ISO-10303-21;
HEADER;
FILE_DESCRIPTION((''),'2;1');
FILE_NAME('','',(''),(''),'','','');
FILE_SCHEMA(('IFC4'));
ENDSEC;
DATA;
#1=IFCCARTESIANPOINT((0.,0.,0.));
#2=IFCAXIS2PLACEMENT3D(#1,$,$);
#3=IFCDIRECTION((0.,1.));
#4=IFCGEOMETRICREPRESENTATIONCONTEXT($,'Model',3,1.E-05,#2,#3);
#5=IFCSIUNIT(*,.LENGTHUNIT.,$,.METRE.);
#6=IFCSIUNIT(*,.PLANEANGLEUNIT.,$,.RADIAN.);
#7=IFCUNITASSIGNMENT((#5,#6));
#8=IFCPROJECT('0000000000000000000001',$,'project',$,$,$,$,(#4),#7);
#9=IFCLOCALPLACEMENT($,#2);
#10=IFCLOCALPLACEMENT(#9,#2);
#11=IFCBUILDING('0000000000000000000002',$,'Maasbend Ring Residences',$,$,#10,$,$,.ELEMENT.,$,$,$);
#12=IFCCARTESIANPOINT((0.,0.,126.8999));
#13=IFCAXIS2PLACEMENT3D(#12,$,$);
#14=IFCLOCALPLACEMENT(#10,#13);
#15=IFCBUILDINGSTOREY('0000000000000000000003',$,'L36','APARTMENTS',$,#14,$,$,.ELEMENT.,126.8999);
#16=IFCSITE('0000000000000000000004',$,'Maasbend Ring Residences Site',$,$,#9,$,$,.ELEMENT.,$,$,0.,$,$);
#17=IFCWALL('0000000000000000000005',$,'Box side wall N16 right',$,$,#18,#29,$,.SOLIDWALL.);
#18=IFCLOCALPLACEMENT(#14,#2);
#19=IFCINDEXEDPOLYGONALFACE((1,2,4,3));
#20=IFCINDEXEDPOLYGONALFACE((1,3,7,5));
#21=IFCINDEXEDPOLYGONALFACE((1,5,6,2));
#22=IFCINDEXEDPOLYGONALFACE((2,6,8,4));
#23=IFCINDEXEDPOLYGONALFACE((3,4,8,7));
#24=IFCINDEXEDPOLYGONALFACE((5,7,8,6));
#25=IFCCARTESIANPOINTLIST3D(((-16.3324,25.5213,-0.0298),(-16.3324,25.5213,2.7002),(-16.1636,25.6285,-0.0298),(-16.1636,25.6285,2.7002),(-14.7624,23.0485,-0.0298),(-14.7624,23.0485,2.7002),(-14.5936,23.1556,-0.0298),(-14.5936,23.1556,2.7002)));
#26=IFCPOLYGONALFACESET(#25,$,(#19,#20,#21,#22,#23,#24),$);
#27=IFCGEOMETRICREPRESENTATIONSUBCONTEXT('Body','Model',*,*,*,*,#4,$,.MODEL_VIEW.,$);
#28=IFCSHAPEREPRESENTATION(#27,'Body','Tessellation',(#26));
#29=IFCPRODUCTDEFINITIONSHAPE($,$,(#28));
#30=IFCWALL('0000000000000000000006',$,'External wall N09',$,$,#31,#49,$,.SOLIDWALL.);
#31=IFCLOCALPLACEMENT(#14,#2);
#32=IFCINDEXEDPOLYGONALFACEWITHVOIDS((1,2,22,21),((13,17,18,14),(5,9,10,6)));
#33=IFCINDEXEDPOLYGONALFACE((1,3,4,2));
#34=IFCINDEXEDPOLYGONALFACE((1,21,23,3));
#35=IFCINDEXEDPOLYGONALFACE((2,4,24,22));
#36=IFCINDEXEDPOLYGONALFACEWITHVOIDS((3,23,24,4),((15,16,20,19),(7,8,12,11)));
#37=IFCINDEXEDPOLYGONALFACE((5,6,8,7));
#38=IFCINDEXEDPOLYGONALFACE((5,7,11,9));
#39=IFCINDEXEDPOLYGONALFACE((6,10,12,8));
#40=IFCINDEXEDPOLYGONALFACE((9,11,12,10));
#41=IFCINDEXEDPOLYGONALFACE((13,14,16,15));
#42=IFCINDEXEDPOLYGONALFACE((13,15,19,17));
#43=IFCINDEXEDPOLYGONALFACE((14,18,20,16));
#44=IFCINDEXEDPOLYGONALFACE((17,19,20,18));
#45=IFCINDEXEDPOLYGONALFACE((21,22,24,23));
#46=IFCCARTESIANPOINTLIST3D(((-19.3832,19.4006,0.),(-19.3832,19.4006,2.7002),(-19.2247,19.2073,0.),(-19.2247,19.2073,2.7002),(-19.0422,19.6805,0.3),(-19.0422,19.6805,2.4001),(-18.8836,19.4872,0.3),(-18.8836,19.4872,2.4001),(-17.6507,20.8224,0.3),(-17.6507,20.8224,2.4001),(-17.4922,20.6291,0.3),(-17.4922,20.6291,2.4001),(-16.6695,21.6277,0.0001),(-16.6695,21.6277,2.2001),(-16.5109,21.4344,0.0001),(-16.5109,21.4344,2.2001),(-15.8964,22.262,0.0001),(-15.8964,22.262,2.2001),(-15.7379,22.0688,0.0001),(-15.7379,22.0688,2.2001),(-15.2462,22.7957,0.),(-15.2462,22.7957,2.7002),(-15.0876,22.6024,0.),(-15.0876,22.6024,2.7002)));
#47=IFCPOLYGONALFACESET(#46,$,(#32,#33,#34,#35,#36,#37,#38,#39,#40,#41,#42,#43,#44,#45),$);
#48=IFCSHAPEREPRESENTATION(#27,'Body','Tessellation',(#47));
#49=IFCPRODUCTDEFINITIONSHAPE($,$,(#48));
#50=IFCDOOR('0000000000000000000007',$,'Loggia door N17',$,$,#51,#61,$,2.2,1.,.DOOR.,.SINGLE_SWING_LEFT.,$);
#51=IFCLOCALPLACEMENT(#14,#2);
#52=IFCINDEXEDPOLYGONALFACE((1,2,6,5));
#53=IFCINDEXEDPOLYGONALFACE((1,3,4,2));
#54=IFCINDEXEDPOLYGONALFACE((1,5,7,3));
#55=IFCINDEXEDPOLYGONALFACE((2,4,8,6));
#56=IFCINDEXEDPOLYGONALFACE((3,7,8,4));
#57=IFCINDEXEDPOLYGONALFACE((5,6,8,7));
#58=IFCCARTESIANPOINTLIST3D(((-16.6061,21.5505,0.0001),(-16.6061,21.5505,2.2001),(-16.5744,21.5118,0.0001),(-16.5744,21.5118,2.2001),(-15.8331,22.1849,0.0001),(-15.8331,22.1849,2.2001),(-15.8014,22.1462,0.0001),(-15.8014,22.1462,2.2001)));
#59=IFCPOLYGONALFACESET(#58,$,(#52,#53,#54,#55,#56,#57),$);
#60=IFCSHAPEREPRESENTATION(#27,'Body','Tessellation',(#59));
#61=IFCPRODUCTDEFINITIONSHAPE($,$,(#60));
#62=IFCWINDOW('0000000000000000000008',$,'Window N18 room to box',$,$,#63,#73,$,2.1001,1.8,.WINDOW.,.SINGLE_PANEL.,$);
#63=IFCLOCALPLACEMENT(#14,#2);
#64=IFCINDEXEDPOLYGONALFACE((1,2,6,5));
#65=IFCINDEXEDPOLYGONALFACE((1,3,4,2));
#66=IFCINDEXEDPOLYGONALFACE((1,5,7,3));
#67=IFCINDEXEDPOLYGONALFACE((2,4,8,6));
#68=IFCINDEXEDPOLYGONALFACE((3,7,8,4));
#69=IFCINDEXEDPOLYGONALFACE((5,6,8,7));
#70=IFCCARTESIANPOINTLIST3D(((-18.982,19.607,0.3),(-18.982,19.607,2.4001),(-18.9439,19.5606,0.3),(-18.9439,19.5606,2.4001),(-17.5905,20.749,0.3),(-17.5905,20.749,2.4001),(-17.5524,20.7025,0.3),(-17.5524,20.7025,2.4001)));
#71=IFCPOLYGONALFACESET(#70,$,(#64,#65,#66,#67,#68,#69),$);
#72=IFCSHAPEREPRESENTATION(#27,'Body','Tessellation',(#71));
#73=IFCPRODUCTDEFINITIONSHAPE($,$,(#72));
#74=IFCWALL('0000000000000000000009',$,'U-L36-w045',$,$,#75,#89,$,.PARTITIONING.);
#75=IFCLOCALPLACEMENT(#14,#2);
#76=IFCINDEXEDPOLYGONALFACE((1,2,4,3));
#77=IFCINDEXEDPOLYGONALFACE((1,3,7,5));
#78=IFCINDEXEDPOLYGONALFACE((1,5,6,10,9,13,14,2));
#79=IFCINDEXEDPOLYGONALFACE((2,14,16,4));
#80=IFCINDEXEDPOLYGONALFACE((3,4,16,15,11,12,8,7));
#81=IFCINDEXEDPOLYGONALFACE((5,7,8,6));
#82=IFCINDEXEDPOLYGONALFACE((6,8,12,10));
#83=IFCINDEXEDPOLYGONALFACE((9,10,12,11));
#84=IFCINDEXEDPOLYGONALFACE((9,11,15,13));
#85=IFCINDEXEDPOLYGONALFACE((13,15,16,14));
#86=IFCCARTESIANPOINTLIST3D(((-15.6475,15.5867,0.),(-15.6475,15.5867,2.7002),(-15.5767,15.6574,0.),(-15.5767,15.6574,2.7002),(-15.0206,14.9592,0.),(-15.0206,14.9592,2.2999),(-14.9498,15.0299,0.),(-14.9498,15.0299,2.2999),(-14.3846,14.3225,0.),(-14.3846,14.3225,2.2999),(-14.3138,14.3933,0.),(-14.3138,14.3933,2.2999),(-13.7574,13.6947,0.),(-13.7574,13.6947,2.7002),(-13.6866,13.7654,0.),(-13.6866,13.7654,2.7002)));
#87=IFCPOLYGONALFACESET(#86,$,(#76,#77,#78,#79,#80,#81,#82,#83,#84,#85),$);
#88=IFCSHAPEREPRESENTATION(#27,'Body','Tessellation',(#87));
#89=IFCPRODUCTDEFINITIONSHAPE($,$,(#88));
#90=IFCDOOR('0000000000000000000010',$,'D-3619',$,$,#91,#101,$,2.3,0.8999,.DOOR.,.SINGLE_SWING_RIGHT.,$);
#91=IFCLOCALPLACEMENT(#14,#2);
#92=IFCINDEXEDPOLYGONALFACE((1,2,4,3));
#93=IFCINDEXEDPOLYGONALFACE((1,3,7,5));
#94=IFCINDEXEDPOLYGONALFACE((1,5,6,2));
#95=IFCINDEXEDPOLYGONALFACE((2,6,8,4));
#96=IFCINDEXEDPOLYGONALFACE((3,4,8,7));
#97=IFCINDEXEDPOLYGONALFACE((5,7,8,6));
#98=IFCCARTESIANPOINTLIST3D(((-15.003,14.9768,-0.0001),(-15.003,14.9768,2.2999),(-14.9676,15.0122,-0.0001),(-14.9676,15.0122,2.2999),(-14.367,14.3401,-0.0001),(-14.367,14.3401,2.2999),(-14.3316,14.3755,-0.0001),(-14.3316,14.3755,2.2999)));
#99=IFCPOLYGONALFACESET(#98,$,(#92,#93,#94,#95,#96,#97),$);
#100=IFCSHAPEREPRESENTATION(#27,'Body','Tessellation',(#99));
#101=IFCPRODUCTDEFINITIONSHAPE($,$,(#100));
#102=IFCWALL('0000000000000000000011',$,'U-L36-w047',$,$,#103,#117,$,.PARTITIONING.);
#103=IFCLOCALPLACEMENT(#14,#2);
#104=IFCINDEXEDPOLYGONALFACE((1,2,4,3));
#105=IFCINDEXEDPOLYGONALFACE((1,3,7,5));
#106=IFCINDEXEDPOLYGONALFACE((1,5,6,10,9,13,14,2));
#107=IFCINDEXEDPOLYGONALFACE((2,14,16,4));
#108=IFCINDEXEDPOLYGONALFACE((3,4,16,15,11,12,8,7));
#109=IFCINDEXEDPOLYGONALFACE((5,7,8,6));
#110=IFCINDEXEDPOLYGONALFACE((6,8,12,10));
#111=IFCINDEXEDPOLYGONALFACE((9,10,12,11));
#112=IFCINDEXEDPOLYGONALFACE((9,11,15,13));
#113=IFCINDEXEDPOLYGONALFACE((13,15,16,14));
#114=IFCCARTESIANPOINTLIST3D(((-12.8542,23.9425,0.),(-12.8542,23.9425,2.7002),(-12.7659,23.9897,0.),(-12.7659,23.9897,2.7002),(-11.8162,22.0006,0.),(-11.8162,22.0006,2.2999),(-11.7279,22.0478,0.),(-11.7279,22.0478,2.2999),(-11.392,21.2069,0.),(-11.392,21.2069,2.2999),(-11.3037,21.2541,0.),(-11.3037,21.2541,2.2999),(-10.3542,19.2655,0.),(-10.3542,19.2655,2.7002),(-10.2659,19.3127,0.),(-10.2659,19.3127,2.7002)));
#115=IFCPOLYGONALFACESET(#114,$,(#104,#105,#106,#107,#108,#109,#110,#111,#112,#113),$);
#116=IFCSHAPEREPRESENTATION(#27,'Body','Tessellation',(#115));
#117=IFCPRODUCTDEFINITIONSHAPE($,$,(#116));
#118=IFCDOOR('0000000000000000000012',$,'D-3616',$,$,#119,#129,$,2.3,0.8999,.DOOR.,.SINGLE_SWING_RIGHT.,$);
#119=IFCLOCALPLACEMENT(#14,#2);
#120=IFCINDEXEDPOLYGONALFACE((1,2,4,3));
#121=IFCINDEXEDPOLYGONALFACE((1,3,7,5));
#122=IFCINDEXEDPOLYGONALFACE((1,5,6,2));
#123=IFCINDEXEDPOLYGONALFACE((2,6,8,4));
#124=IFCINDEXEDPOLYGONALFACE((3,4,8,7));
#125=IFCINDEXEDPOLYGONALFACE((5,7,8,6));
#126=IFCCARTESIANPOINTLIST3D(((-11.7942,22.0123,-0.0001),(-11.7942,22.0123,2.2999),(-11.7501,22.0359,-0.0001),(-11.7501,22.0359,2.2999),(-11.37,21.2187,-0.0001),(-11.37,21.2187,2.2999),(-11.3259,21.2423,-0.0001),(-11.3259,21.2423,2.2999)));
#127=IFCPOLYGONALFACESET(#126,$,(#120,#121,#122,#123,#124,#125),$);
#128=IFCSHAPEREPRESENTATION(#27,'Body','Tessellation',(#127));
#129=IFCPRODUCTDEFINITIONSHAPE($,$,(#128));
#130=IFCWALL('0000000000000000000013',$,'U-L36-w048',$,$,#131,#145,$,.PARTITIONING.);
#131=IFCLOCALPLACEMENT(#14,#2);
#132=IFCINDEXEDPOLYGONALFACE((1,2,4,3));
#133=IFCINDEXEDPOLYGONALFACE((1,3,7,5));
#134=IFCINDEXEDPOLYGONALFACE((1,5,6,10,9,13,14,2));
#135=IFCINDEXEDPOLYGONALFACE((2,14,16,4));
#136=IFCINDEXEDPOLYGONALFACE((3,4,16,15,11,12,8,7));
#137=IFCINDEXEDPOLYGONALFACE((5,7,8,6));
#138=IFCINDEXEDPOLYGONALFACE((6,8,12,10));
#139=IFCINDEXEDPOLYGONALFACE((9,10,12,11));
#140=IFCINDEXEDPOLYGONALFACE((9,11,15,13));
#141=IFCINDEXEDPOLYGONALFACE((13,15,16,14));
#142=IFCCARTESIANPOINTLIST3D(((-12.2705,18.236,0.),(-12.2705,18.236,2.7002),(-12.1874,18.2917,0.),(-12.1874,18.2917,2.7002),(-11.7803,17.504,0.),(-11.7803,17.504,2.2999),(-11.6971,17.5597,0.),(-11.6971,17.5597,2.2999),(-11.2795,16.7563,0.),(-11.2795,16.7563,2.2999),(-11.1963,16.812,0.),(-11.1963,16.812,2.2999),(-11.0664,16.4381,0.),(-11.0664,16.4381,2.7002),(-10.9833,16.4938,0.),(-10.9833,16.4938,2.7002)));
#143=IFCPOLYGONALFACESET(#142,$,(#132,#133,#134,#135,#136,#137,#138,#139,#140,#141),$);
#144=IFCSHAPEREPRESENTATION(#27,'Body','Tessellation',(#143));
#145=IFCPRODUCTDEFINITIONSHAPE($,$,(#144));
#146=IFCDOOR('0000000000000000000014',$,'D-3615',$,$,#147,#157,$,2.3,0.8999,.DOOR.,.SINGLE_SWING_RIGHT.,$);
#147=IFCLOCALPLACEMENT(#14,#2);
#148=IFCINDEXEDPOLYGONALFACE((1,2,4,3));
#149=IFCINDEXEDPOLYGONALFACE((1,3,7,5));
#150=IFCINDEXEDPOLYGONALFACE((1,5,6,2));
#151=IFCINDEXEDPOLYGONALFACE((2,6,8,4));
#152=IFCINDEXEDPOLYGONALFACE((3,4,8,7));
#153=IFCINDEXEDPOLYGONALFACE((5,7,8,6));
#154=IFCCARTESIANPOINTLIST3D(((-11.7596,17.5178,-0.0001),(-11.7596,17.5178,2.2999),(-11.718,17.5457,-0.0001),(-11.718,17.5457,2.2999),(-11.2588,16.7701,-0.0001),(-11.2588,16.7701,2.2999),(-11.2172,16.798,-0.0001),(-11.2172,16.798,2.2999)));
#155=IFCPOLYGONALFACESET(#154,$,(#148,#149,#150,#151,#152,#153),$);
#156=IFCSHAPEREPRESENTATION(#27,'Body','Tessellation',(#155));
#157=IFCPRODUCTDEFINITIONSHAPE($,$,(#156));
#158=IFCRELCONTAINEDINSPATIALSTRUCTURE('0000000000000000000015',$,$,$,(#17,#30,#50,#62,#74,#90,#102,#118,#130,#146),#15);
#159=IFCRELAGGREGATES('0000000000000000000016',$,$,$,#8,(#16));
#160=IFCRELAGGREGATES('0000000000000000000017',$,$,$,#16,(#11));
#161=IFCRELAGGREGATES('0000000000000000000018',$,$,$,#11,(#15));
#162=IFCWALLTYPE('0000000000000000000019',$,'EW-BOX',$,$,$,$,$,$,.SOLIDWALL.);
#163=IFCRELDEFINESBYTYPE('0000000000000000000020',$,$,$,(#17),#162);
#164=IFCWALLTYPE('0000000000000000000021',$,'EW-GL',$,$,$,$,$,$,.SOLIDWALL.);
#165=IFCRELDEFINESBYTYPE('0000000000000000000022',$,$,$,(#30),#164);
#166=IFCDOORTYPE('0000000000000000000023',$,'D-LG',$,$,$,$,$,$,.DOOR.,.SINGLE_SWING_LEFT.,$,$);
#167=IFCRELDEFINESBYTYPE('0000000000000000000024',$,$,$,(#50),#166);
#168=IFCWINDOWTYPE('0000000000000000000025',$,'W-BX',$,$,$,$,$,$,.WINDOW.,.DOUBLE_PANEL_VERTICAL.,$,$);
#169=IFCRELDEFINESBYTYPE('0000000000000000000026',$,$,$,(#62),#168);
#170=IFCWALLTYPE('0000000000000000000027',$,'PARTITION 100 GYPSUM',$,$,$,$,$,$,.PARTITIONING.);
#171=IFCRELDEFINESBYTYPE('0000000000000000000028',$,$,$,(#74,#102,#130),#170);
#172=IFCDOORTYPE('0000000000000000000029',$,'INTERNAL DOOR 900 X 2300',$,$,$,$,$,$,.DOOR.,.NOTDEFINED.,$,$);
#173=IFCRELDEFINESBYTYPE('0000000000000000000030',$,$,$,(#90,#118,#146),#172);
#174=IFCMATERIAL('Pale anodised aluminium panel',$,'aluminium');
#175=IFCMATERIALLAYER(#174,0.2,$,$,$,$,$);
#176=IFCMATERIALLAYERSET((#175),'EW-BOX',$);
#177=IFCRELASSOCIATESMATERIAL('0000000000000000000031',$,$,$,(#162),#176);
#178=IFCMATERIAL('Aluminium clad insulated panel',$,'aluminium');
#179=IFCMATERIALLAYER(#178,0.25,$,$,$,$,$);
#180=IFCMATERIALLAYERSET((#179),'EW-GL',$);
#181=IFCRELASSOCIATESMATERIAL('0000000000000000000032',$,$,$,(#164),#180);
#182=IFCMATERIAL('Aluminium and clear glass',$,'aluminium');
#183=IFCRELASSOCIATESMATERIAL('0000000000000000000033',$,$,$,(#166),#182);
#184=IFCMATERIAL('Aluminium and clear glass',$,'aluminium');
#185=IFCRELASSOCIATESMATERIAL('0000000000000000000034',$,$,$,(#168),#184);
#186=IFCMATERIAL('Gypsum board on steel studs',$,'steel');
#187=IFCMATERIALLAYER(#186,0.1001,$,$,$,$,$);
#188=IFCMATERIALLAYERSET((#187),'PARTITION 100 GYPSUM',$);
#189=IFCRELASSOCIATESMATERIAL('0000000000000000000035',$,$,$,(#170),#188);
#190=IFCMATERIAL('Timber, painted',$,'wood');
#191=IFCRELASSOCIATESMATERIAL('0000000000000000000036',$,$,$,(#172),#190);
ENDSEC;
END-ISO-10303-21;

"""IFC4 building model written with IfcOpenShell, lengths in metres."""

from ifc_helpers import new_model, si_unit, direction, frame, frame_2d, origin, place, context, subcontext, project, spatial, rectangle, extrude, material, layer, layer_set, type_object, element, fill, save


model = new_model("IFC4")

# Units and contexts
model_context = context("Model", 3, precision=1e-05, world=origin(), true_north=direction((0.0, 1.0)))
body_context = subcontext(model_context, "Body", "Model", "MODEL_VIEW")
ifc_project = project(units=[si_unit("LENGTHUNIT", "METRE"), si_unit("PLANEANGLEUNIT", "RADIAN")], contexts=[model_context])

# Site, building, storey
site_placement = place(None, origin())
site = spatial("IfcSite", under=ifc_project, at=site_placement, Name="Maasbend Ring Residences Site", CompositionType="ELEMENT", RefElevation=0.0)
building_placement = place(site_placement, origin())
building = spatial("IfcBuilding", under=site, at=building_placement, Name="Maasbend Ring Residences", CompositionType="ELEMENT")
storey_placement = place(building_placement, frame((0.0, 0.0, 126.8999)))
storey = spatial("IfcBuildingStorey", under=building, at=storey_placement, Name="L36", Description="APARTMENTS", CompositionType="ELEMENT", Elevation=126.8999)

# Shared definitions
ifc_material_1 = material(Name="Pale anodised aluminium panel", Category="aluminium")
ifc_layer_1 = layer(ifc_material_1, 0.2)
ifc_layer_set_1 = layer_set([ifc_layer_1], Name="EW-BOX")
wall_type_1 = type_object("IfcWallType", Name="EW-BOX", PredefinedType="SOLIDWALL", material=ifc_layer_set_1)

# Wall
wall_1_placement = place(storey_placement, frame((-14.678, 23.1021, -0.0298), z_axis=(0.0, 0.0, 1.0), x_axis=(-0.536002, 0.844217, 0.0)))
element("IfcWall", 1, at=wall_1_placement, inside=storey, type_object=wall_type_1, Name="Box side wall N16 right", PredefinedType="SOLIDWALL", context=body_context, shape_type="SweptSolid", body=[
    extrude(rectangle(XDim=2.9292, YDim=0.2, at=frame_2d((1.4646, 0.0))), origin(), (0.0, 0.0, 1.0), 2.73),
])

# Wall, openings, door, window
ifc_material_2 = material(Name="Aluminium clad insulated panel", Category="aluminium")
ifc_layer_2 = layer(ifc_material_2, 0.25)
ifc_layer_set_2 = layer_set([ifc_layer_2], Name="EW-GL")
wall_type_2 = type_object("IfcWallType", Name="EW-GL", PredefinedType="SOLIDWALL", material=ifc_layer_set_2)
wall_2_placement = place(storey_placement, frame((-15.167, 22.699, 0.0), z_axis=(0.0, 0.0, 1.0), x_axis=(-0.773019, -0.634382, 0.0)))
wall_2 = element("IfcWall", 2, at=wall_2_placement, inside=storey, type_object=wall_type_2, Name="External wall N09", PredefinedType="SOLIDWALL", context=body_context, shape_type="SweptSolid", body=[
    extrude(rectangle(XDim=5.3518, YDim=0.25, at=frame_2d((2.6758, 0.0))), origin(), (0.0, 0.0, 1.0), 2.7002),
])
opening_1_placement = place(wall_2_placement, frame((0.8411, 0.0, 0.0)))
opening_1 = element("IfcOpeningElement", 3, at=opening_1_placement, cuts=wall_2, PredefinedType="OPENING", context=body_context, shape_type="SweptSolid", body=[
    extrude(rectangle(XDim=1.0, YDim=2.2, at=frame_2d((0.5, 1.1001))), frame((0.0, 0.135, 0.0), z_axis=(0.0, -1.0, 0.0), x_axis=(1.0, 0.0, 0.0)), (0.0, 0.0, 1.0), 0.27),
])
opening_2_placement = place(wall_2_placement, frame((3.1106, 0.0, 0.3)))
opening_2 = element("IfcOpeningElement", 4, at=opening_2_placement, cuts=wall_2, PredefinedType="OPENING", context=body_context, shape_type="SweptSolid", body=[
    extrude(rectangle(XDim=1.8, YDim=2.1001, at=frame_2d((0.8999, 1.05))), frame((0.0, 0.135, 0.0), z_axis=(0.0, -1.0, 0.0), x_axis=(1.0, 0.0, 0.0)), (0.0, 0.0, 1.0), 0.27),
])
ifc_material_3 = material(Name="Aluminium and clear glass", Category="aluminium")
door_type_1 = type_object("IfcDoorType", Name="D-LG", OperationType="SINGLE_SWING_LEFT", PredefinedType="DOOR", material=ifc_material_3)
door_1_placement = place(opening_1_placement, origin())
door_1 = element("IfcDoor", 5, at=door_1_placement, inside=storey, type_object=door_type_1, Name="Loggia door N17", OperationType="SINGLE_SWING_LEFT", OverallHeight=2.2, OverallWidth=1.0, PredefinedType="DOOR", context=body_context, shape_type="SweptSolid", body=[
    extrude(rectangle(XDim=1.0, YDim=2.2, at=frame_2d((0.5, 1.1001))), frame((0.0, 0.0249, 0.0), z_axis=(0.0, -1.0, 0.0), x_axis=(1.0, 0.0, 0.0)), (0.0, 0.0, 1.0), 0.05),
])
fill(opening_1, door_1)
ifc_material_4 = material(Name="Aluminium and clear glass", Category="aluminium")
window_type_1 = type_object("IfcWindowType", Name="W-BX", PartitioningType="DOUBLE_PANEL_VERTICAL", PredefinedType="WINDOW", material=ifc_material_4)
window_1_placement = place(opening_2_placement, origin())
window_1 = element("IfcWindow", 6, at=window_1_placement, inside=storey, type_object=window_type_1, Name="Window N18 room to box", OverallHeight=2.1001, OverallWidth=1.8, PartitioningType="SINGLE_PANEL", PredefinedType="WINDOW", context=body_context, shape_type="SweptSolid", body=[
    extrude(rectangle(XDim=1.8, YDim=2.1001, at=frame_2d((0.8999, 1.05))), frame((0.0, 0.03, 0.0), z_axis=(0.0, -1.0, 0.0), x_axis=(1.0, 0.0, 0.0)), (0.0, 0.0, 1.0), 0.0601),
])
fill(opening_2, window_1)

# Walls, openings, doors
ifc_material_5 = material(Name="Gypsum board on steel studs", Category="steel")
ifc_layer_3 = layer(ifc_material_5, 0.1001)
ifc_layer_set_3 = layer_set([ifc_layer_3], Name="PARTITION 100 GYPSUM")
wall_type_3 = type_object("IfcWallType", Name="PARTITION 100 GYPSUM", PredefinedType="PARTITIONING", material=ifc_layer_set_3)
wall_3_placement = place(storey_placement, frame((-15.6121, 15.6221, 0.0), z_axis=(0.0, 0.0, 1.0), x_axis=(0.706742, -0.707472, 0.0)))
wall_3 = element("IfcWall", 7, at=wall_3_placement, inside=storey, type_object=wall_type_3, Name="U-L36-w045", PredefinedType="PARTITIONING", context=body_context, shape_type="SweptSolid", body=[
    extrude(rectangle(XDim=2.6743, YDim=0.1001, at=frame_2d((1.3372, 0.0))), origin(), (0.0, 0.0, 1.0), 2.7002),
])
opening_3_placement = place(wall_3_placement, frame((0.887, 0.0, 0.0)))
opening_3 = element("IfcOpeningElement", 8, at=opening_3_placement, cuts=wall_3, PredefinedType="OPENING", context=body_context, shape_type="SweptSolid", body=[
    extrude(rectangle(XDim=0.8999, YDim=2.3, at=frame_2d((0.45, 1.1499))), frame((0.0, 0.0601, 0.0), z_axis=(0.0, -1.0, 0.0), x_axis=(1.0, 0.0, 0.0)), (0.0, 0.0, 1.0), 0.1201),
])
ifc_material_6 = material(Name="Timber, painted", Category="wood")
door_type_2 = type_object("IfcDoorType", Name="INTERNAL DOOR 900 X 2300", OperationType="NOTDEFINED", PredefinedType="DOOR", material=ifc_material_6)
door_2_placement = place(opening_3_placement, origin())
door_2 = element("IfcDoor", 9, at=door_2_placement, inside=storey, type_object=door_type_2, Name="D-3619", OperationType="SINGLE_SWING_RIGHT", OverallHeight=2.3, OverallWidth=0.8999, PredefinedType="DOOR", context=body_context, shape_type="SweptSolid", body=[
    extrude(rectangle(XDim=0.8999, YDim=2.3, at=frame_2d((0.45, 1.1499))), frame((0.0, 0.0249, 0.0), z_axis=(0.0, -1.0, 0.0), x_axis=(1.0, 0.0, 0.0)), (0.0, 0.0, 1.0), 0.05),
])
fill(opening_3, door_2)
wall_4_placement = place(storey_placement, frame((-12.8101, 23.9661, 0.0), z_axis=(0.0, 0.0, 1.0), x_axis=(0.47141, -0.881914, 0.0)))
wall_4 = element("IfcWall", 10, at=wall_4_placement, inside=storey, type_object=wall_type_3, Name="U-L36-w047", PredefinedType="PARTITIONING", context=body_context, shape_type="SweptSolid", body=[
    extrude(rectangle(XDim=5.3032, YDim=0.1001, at=frame_2d((2.6516, 0.0))), origin(), (0.0, 0.0, 1.0), 2.7002),
])
opening_4_placement = place(wall_4_placement, frame((2.2019, 0.0, 0.0)))
opening_4 = element("IfcOpeningElement", 11, at=opening_4_placement, cuts=wall_4, PredefinedType="OPENING", context=body_context, shape_type="SweptSolid", body=[
    extrude(rectangle(XDim=0.8999, YDim=2.3, at=frame_2d((0.45, 1.1499))), frame((0.0, 0.0601, 0.0), z_axis=(0.0, -1.0, 0.0), x_axis=(1.0, 0.0, 0.0)), (0.0, 0.0, 1.0), 0.1201),
])
door_3_placement = place(opening_4_placement, origin())
door_3 = element("IfcDoor", 12, at=door_3_placement, inside=storey, type_object=door_type_2, Name="D-3616", OperationType="SINGLE_SWING_RIGHT", OverallHeight=2.3, OverallWidth=0.8999, PredefinedType="DOOR", context=body_context, shape_type="SweptSolid", body=[
    extrude(rectangle(XDim=0.8999, YDim=2.3, at=frame_2d((0.45, 1.1499))), frame((0.0, 0.0249, 0.0), z_axis=(0.0, -1.0, 0.0), x_axis=(1.0, 0.0, 0.0)), (0.0, 0.0, 1.0), 0.05),
])
fill(opening_4, door_3)
wall_5_placement = place(storey_placement, frame((-12.229, 18.2639, 0.0), z_axis=(0.0, 0.0, 1.0), x_axis=(0.556469, -0.830868, 0.0)))
wall_5 = element("IfcWall", 13, at=wall_5_placement, inside=storey, type_object=wall_type_3, Name="U-L36-w048", PredefinedType="PARTITIONING", context=body_context, shape_type="SweptSolid", body=[
    extrude(rectangle(XDim=2.1638, YDim=0.1001, at=frame_2d((1.082, 0.0))), origin(), (0.0, 0.0, 1.0), 2.7002),
])
opening_5_placement = place(wall_5_placement, frame((0.8811, 0.0, 0.0)))
opening_5 = element("IfcOpeningElement", 14, at=opening_5_placement, cuts=wall_5, PredefinedType="OPENING", context=body_context, shape_type="SweptSolid", body=[
    extrude(rectangle(XDim=0.8999, YDim=2.3, at=frame_2d((0.45, 1.1499))), frame((0.0, 0.0601, 0.0), z_axis=(0.0, -1.0, 0.0), x_axis=(1.0, 0.0, 0.0)), (0.0, 0.0, 1.0), 0.1201),
])
door_4_placement = place(opening_5_placement, origin())
door_4 = element("IfcDoor", 15, at=door_4_placement, inside=storey, type_object=door_type_2, Name="D-3615", OperationType="SINGLE_SWING_RIGHT", OverallHeight=2.3, OverallWidth=0.8999, PredefinedType="DOOR", context=body_context, shape_type="SweptSolid", body=[
    extrude(rectangle(XDim=0.8999, YDim=2.3, at=frame_2d((0.45, 1.1499))), frame((0.0, 0.0249, 0.0), z_axis=(0.0, -1.0, 0.0), x_axis=(1.0, 0.0, 0.0)), (0.0, 0.0, 1.0), 0.05),
])
fill(opening_5, door_4)

save(model, "model.ifc")
